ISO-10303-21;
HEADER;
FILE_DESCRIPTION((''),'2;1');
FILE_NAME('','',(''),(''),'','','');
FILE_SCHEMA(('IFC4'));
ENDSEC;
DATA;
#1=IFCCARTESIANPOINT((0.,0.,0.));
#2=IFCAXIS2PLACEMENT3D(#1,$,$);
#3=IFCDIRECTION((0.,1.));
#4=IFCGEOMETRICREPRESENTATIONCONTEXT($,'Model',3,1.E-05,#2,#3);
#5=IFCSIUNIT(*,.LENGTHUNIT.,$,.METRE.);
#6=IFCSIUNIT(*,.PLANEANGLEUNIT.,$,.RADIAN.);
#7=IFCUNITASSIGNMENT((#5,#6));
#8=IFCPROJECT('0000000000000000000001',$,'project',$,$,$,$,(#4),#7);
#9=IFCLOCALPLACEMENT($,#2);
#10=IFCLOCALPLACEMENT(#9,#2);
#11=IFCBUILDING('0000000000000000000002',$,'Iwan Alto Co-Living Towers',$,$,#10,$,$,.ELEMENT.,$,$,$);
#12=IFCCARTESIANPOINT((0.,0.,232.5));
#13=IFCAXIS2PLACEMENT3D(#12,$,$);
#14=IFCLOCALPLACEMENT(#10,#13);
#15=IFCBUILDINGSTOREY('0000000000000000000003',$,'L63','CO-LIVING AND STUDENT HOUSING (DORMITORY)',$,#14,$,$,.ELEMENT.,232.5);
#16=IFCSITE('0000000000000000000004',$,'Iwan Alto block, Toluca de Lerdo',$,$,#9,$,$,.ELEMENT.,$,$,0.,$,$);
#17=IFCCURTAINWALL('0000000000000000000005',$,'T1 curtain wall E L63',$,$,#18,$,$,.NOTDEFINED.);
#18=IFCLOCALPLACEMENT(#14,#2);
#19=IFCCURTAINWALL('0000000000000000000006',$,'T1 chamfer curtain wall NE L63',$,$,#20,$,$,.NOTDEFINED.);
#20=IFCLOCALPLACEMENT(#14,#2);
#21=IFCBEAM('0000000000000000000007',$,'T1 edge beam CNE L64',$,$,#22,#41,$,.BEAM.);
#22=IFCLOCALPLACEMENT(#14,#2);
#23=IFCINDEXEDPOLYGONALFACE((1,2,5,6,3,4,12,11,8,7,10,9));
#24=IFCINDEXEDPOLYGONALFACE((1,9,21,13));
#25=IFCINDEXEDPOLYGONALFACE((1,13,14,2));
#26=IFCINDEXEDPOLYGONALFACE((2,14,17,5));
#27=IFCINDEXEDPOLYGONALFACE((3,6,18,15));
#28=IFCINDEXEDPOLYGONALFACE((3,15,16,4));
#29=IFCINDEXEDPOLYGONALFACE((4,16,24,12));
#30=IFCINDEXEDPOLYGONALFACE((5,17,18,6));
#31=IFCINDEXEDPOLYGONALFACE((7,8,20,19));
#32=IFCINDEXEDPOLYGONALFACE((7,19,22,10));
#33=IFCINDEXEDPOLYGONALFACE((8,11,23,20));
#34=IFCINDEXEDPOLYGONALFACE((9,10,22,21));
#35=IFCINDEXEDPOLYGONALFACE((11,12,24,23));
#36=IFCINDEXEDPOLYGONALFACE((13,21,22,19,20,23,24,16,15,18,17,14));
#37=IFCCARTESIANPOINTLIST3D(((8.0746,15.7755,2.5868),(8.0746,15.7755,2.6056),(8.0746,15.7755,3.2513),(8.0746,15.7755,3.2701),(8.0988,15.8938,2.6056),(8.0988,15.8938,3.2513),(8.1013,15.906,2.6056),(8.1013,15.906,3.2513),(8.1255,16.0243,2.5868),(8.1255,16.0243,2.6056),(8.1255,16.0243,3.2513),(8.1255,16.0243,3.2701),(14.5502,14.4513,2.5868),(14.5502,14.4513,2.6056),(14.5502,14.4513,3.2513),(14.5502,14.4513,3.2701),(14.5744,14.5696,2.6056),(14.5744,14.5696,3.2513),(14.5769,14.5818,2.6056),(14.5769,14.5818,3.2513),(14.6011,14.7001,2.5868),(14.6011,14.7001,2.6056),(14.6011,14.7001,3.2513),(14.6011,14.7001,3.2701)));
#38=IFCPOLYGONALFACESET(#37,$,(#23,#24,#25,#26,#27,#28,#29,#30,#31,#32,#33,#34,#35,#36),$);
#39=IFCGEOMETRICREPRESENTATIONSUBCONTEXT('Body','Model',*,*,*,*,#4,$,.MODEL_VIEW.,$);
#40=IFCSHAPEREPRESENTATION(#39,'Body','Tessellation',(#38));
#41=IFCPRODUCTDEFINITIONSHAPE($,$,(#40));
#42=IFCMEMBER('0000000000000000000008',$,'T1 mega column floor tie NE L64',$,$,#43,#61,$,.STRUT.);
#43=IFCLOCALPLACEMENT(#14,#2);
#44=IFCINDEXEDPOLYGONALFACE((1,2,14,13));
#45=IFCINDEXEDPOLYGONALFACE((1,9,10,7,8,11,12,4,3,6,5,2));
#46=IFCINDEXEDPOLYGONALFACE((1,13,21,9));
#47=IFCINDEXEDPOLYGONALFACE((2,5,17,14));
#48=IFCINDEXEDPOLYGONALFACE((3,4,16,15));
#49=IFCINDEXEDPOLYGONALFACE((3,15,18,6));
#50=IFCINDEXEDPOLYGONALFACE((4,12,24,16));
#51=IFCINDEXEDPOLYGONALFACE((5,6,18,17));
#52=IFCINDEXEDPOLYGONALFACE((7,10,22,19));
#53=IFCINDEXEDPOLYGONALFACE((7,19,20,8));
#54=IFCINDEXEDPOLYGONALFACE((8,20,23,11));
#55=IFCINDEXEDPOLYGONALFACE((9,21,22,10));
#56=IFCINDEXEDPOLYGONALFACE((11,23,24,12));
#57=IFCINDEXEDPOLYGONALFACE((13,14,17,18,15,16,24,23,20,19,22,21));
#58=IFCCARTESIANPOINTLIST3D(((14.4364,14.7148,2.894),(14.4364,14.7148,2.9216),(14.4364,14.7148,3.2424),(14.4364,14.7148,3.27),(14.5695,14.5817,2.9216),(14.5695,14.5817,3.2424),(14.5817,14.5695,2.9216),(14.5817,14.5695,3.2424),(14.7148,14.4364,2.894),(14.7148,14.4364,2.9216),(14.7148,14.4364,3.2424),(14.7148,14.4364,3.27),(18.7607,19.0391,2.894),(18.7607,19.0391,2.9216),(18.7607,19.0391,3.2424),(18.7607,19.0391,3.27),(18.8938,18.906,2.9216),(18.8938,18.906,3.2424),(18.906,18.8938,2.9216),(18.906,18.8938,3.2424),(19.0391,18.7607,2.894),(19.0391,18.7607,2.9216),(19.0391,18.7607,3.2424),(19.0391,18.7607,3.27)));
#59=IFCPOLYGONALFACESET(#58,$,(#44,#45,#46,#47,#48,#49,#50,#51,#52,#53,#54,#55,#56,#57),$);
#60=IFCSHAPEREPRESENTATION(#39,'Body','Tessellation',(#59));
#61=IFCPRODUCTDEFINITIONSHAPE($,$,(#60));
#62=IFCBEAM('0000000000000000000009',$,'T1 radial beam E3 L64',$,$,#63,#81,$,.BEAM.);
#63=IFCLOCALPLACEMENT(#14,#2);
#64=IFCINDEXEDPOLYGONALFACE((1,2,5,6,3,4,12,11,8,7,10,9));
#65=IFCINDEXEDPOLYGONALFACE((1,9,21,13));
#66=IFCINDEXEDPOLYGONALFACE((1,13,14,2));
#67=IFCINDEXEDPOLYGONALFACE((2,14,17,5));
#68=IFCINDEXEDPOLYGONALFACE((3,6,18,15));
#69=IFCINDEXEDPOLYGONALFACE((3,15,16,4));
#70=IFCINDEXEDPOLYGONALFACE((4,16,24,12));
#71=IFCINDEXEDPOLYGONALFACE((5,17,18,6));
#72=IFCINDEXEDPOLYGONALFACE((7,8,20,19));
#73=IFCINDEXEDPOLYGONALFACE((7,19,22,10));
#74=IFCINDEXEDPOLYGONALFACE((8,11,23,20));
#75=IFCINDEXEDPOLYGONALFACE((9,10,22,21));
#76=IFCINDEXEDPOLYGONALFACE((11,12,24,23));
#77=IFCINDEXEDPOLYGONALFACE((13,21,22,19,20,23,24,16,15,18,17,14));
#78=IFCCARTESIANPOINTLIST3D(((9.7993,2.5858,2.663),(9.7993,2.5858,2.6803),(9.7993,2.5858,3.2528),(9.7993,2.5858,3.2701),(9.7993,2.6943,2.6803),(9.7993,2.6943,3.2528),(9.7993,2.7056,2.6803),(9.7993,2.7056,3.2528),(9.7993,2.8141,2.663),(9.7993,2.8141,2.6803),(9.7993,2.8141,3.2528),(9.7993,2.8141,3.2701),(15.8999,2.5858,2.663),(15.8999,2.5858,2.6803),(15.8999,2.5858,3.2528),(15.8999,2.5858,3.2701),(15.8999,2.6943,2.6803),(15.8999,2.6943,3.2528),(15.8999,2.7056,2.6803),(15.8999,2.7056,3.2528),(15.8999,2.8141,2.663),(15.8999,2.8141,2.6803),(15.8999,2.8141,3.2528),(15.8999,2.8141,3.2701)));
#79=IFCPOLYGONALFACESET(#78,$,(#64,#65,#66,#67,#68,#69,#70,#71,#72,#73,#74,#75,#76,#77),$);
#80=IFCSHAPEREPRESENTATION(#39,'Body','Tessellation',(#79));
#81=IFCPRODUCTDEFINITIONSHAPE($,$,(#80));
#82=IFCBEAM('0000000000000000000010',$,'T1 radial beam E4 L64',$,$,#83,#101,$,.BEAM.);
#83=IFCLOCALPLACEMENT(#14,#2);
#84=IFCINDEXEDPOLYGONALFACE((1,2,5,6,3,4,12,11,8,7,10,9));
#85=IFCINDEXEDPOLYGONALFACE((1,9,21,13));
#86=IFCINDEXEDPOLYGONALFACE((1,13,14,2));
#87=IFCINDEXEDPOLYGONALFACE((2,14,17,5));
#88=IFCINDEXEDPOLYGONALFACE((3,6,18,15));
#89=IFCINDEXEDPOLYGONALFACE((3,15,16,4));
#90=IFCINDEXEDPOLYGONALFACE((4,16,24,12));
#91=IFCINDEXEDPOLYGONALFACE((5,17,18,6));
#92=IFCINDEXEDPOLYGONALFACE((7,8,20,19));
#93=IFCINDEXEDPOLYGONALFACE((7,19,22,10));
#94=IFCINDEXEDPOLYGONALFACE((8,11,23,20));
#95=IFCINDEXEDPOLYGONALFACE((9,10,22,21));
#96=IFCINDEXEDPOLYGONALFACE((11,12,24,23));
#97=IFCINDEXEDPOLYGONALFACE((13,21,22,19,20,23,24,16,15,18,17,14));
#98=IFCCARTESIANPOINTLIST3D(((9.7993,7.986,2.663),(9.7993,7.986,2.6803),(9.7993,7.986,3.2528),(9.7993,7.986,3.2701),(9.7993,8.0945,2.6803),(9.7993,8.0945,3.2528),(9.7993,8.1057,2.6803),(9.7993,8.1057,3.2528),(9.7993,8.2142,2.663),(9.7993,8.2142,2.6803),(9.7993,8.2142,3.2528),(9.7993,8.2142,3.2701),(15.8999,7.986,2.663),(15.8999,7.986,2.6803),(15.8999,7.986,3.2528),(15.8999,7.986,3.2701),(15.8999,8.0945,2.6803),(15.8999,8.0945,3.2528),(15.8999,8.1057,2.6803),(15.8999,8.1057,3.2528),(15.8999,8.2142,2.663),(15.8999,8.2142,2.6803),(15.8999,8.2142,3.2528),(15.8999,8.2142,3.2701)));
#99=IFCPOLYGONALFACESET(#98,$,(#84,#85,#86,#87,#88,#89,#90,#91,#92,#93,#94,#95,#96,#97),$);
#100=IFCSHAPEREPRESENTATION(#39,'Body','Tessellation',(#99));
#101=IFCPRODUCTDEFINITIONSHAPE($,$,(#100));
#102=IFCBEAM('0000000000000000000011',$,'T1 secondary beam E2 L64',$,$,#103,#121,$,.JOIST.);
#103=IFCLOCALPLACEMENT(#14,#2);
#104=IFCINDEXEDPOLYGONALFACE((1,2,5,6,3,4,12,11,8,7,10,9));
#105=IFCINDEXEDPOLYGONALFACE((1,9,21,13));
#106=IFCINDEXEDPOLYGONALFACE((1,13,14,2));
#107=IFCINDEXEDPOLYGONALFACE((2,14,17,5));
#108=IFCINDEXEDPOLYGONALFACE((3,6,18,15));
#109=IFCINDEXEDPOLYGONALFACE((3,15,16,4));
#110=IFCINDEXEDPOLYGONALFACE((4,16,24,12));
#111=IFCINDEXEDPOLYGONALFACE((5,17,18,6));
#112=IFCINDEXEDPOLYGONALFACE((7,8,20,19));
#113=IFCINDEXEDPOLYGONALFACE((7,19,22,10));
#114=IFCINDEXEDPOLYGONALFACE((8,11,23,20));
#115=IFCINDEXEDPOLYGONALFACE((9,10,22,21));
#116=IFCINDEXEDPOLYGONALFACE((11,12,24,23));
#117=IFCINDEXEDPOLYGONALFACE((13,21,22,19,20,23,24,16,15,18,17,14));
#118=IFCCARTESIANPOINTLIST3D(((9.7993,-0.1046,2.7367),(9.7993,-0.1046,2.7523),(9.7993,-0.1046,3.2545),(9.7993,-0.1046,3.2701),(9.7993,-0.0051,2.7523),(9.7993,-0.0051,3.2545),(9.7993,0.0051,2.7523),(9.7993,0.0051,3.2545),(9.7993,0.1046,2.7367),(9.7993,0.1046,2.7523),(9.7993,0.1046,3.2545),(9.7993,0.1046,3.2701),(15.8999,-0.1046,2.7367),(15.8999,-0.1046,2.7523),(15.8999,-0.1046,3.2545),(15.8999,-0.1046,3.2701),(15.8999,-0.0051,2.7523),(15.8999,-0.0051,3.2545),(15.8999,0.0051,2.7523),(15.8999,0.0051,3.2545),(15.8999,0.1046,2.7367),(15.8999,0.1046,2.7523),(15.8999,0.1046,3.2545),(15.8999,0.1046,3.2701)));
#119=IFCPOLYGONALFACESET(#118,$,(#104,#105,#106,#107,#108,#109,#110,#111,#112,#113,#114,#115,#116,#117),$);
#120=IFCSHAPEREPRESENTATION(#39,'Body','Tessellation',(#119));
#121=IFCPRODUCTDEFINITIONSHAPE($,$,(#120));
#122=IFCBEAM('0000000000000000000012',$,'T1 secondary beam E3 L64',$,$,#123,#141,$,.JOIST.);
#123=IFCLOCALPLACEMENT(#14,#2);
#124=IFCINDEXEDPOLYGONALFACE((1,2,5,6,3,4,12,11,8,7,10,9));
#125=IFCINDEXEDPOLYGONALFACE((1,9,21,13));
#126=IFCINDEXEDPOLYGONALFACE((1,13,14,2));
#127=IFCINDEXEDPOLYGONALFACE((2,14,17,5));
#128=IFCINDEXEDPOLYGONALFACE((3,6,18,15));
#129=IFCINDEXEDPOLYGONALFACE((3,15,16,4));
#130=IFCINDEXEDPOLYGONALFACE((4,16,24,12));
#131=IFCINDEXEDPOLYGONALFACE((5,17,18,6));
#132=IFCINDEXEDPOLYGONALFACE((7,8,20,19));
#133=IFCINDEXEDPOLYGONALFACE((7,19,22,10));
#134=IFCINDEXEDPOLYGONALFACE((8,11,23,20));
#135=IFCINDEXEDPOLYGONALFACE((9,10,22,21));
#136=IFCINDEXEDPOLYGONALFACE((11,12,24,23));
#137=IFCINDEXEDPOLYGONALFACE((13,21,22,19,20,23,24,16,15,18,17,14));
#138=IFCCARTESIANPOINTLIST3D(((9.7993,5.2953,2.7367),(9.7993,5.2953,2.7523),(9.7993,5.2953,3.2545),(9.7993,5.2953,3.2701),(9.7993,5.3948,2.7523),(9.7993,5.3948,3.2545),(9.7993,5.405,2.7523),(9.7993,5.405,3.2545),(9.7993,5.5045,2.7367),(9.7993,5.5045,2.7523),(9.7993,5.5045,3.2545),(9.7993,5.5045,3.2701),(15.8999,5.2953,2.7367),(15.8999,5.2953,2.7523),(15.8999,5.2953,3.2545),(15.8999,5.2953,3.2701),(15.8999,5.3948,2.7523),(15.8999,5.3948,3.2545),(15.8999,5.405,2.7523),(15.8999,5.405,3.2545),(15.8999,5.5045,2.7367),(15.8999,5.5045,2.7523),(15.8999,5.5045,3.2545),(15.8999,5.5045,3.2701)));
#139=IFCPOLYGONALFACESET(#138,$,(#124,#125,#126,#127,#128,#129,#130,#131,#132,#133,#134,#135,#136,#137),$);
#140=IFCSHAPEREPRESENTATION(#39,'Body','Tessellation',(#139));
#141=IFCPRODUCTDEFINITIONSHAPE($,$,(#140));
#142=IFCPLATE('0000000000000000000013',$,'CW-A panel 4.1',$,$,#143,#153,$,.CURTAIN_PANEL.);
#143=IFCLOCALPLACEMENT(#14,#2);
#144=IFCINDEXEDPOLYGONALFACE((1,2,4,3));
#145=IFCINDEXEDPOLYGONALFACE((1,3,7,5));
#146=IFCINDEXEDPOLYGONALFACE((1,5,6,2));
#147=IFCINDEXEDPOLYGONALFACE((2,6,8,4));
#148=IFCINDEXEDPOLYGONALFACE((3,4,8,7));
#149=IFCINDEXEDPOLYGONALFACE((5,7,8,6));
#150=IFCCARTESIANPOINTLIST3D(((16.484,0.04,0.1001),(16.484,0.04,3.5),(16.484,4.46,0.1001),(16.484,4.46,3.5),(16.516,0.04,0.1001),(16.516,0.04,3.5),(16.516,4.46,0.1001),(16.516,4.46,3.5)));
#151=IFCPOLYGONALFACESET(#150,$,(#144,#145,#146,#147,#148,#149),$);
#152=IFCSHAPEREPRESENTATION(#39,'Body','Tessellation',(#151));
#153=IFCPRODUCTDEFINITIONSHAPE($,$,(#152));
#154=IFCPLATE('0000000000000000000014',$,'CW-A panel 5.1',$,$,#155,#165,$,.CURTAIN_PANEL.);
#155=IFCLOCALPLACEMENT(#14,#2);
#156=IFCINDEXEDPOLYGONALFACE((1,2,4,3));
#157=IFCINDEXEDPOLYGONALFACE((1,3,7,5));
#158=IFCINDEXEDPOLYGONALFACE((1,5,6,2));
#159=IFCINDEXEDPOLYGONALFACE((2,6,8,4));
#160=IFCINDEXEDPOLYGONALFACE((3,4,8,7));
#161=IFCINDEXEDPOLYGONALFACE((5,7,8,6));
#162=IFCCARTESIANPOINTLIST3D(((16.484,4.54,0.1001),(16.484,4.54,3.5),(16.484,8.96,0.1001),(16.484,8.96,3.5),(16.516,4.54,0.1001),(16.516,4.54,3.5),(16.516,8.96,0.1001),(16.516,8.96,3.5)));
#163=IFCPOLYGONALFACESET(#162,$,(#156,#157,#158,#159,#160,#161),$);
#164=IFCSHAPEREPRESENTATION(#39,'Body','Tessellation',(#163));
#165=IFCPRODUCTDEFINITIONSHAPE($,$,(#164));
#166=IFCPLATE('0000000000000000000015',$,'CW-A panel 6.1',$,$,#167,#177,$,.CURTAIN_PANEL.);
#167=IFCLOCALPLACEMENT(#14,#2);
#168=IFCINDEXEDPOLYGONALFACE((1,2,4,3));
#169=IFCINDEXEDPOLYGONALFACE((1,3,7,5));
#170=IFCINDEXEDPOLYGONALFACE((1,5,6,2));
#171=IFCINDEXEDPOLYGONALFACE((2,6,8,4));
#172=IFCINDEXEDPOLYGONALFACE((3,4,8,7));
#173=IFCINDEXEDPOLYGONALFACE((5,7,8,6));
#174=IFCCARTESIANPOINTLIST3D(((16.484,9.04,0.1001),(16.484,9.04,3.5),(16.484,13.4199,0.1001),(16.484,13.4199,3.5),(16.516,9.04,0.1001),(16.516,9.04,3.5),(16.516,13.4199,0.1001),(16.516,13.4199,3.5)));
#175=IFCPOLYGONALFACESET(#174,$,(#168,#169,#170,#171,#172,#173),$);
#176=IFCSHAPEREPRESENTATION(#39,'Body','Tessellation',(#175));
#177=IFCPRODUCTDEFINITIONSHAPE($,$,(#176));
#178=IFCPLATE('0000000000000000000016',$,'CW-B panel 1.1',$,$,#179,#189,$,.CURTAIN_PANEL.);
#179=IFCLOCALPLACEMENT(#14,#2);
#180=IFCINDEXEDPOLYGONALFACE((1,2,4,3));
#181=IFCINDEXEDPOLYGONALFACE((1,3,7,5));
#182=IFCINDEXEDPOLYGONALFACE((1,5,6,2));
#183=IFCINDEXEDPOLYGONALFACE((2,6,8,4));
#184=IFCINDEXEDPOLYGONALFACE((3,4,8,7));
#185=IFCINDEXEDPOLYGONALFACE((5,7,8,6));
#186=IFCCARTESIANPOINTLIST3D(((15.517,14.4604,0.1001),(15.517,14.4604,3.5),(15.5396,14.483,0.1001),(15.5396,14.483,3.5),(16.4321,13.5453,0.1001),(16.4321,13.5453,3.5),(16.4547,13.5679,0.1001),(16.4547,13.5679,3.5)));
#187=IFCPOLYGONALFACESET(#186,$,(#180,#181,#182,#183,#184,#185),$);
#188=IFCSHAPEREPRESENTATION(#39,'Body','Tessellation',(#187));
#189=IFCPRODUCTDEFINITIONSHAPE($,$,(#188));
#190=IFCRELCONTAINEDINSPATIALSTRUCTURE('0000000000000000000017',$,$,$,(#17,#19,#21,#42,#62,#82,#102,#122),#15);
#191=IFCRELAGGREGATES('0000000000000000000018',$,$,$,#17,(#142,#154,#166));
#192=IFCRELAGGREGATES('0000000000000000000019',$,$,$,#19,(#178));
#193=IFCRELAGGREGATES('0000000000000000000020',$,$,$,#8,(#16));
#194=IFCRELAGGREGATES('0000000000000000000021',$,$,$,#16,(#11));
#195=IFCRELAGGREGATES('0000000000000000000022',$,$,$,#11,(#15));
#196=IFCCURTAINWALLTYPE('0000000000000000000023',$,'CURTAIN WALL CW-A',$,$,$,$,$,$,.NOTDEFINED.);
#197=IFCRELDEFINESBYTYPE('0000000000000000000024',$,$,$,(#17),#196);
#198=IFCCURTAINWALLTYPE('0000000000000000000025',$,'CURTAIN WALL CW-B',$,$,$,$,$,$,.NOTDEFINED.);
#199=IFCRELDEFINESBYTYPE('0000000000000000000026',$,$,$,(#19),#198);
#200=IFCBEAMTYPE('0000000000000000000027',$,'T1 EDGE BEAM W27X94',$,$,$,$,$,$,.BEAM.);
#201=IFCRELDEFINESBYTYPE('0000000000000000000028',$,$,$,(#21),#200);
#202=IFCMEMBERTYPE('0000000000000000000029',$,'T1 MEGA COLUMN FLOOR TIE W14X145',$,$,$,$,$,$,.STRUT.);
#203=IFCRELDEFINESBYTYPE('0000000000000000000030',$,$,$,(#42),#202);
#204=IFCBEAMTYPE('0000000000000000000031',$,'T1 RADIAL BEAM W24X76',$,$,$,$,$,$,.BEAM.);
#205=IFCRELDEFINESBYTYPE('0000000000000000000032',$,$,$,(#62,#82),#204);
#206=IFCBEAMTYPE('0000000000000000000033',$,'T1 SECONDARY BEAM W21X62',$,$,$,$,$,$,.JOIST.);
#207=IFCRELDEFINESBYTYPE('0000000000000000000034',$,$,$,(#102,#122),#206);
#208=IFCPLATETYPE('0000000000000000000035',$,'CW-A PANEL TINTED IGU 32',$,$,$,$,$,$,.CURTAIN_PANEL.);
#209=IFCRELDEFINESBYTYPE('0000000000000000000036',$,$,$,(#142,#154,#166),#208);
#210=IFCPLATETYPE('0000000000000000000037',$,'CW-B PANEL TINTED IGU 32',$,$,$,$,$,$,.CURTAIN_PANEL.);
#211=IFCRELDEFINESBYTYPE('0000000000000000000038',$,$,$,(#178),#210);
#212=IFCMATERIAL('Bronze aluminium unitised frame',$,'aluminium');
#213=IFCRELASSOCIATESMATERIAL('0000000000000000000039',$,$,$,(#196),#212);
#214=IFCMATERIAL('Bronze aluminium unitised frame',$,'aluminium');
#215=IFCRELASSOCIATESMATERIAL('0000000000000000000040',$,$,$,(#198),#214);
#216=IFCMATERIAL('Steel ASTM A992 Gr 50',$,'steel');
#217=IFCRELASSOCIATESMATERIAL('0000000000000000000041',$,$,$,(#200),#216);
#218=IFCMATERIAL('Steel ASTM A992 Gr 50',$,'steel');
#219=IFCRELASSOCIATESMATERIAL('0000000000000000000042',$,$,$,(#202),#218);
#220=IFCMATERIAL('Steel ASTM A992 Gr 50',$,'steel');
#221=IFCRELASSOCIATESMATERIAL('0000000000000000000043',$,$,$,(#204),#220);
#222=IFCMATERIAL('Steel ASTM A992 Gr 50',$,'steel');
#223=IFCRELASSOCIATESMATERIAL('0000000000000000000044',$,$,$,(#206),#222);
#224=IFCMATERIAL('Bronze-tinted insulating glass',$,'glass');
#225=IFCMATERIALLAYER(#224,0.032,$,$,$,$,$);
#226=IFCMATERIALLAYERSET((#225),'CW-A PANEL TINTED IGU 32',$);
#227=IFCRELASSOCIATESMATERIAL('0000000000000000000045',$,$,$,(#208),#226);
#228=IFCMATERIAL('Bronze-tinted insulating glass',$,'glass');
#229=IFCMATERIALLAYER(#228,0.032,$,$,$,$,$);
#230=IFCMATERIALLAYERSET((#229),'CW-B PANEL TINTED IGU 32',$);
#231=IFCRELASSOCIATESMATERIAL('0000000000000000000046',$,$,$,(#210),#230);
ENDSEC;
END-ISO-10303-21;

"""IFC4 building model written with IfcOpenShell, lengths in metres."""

from ifc_helpers import new_model, si_unit, direction, frame, origin, origin_2d, place, context, subcontext, project, spatial, rectangle, i_section, extrude, material, layer, layer_set, material_profile, profile_set, type_object, element, aggregate, save


model = new_model("IFC4")

# Units and contexts
model_context = context("Model", 3, precision=1e-05, world=origin(), true_north=direction((0.0, 1.0)))
body_context = subcontext(model_context, "Body", "Model", "MODEL_VIEW")
ifc_project = project(units=[si_unit("LENGTHUNIT", "METRE"), si_unit("PLANEANGLEUNIT", "RADIAN")], contexts=[model_context])

# Site, building, storey
site_placement = place(None, origin())
site = spatial("IfcSite", under=ifc_project, at=site_placement, Name="Iwan Alto block, Toluca de Lerdo", CompositionType="ELEMENT", RefElevation=0.0)
building_placement = place(site_placement, origin())
building = spatial("IfcBuilding", under=site, at=building_placement, Name="Iwan Alto Co-Living Towers", CompositionType="ELEMENT")
storey_placement = place(building_placement, frame((0.0, 0.0, 232.5)))
storey = spatial("IfcBuildingStorey", under=building, at=storey_placement, Name="L63", Description="CO-LIVING AND STUDENT HOUSING (DORMITORY)", CompositionType="ELEMENT", Elevation=232.5)

# Curtain wall
ifc_material_1 = material(Name="Bronze aluminium unitised frame", Category="aluminium")
curtain_wall_type_1 = type_object("IfcCurtainWallType", Name="CURTAIN WALL CW-A", PredefinedType="NOTDEFINED", material=ifc_material_1)
curtain_wall_1_placement = place(storey_placement, origin())
curtain_wall_1 = element("IfcCurtainWall", 1, at=curtain_wall_1_placement, inside=storey, type_object=curtain_wall_type_1, Name="T1 curtain wall E L63", PredefinedType="NOTDEFINED")

# Curtain wall
ifc_material_2 = material(Name="Bronze aluminium unitised frame", Category="aluminium")
curtain_wall_type_2 = type_object("IfcCurtainWallType", Name="CURTAIN WALL CW-B", PredefinedType="NOTDEFINED", material=ifc_material_2)
curtain_wall_2_placement = place(storey_placement, origin())
curtain_wall_2 = element("IfcCurtainWall", 2, at=curtain_wall_2_placement, inside=storey, type_object=curtain_wall_type_2, Name="T1 chamfer curtain wall NE L63", PredefinedType="NOTDEFINED")

# Beam
ifc_material_3 = material(Name="Steel ASTM A992 Gr 50", Category="steel")
ifc_material_profile_1 = material_profile(ifc_material_3, i_section(OverallWidth=0.2539, OverallDepth=0.6833, WebThickness=0.0125, FlangeThickness=0.0188, at=origin_2d()), Name="W27X94")
ifc_profile_set_1 = profile_set([ifc_material_profile_1], Name="Steel ASTM A992 Gr 50")
beam_type_1 = type_object("IfcBeamType", Name="T1 EDGE BEAM W27X94", PredefinedType="BEAM", material=ifc_profile_set_1)
for number, where, z_axis, x_axis, name in (
    (3, (14.5757, 14.5757, 2.9285), (-0.979725, 0.200348, 0.0), (-0.200348, -0.979725, 0.0), "T1 edge beam CNE L64"),
):
    element("IfcBeam", number, at=place(storey_placement, frame(where, z_axis=z_axis, x_axis=x_axis)), inside=storey, type_object=beam_type_1, Name=name, PredefinedType="BEAM", context=body_context, shape_type="SweptSolid", body=[
        extrude(i_section(OverallWidth=0.2539, OverallDepth=0.6833, WebThickness=0.0125, FlangeThickness=0.0188, at=origin_2d()), origin(), (0.0, 0.0, 1.0), 6.6096),
    ])

# Member
ifc_material_4 = material(Name="Steel ASTM A992 Gr 50", Category="steel")
ifc_material_profile_2 = material_profile(ifc_material_4, i_section(OverallWidth=0.3938, OverallDepth=0.376, WebThickness=0.0173, FlangeThickness=0.0276, at=origin_2d()), Name="W14X145")
ifc_profile_set_2 = profile_set([ifc_material_profile_2], Name="Steel ASTM A992 Gr 50")
member_type_1 = type_object("IfcMemberType", Name="T1 MEGA COLUMN FLOOR TIE W14X145", PredefinedType="STRUT", material=ifc_profile_set_2)
member_1_placement = place(storey_placement, frame((18.8999, 18.8999, 3.082), z_axis=(-0.707107, -0.707107, 0.0), x_axis=(0.707107, -0.707107, 0.0)))
element("IfcMember", 4, at=member_1_placement, inside=storey, type_object=member_type_1, Name="T1 mega column floor tie NE L64", PredefinedType="STRUT", context=body_context, shape_type="SweptSolid", body=[
    extrude(i_section(OverallWidth=0.3938, OverallDepth=0.376, WebThickness=0.0173, FlangeThickness=0.0276, at=origin_2d()), origin(), (0.0, 0.0, 1.0), 6.1155),
])

# Beams
ifc_material_5 = material(Name="Steel ASTM A992 Gr 50", Category="steel")
ifc_material_profile_3 = material_profile(ifc_material_5, i_section(OverallWidth=0.2283, OverallDepth=0.6072, WebThickness=0.0112, FlangeThickness=0.0173, at=origin_2d()), Name="W24X76")
ifc_profile_set_3 = profile_set([ifc_material_profile_3], Name="Steel ASTM A992 Gr 50")
beam_type_2 = type_object("IfcBeamType", Name="T1 RADIAL BEAM W24X76", PredefinedType="BEAM", material=ifc_profile_set_3)
for number, where, z_axis, x_axis, name in (
    (5, (15.8999, 2.7, 2.9666), (-1.0, 0.0, 0.0), (0.0, -1.0, 0.0), "T1 radial beam E3 L64"),
    (6, (15.8999, 8.1001, 2.9666), (-1.0, 0.0, 0.0), (0.0, -1.0, 0.0), "T1 radial beam E4 L64"),
):
    element("IfcBeam", number, at=place(storey_placement, frame(where, z_axis=z_axis, x_axis=x_axis)), inside=storey, type_object=beam_type_2, Name=name, PredefinedType="BEAM", context=body_context, shape_type="SweptSolid", body=[
        extrude(i_section(OverallWidth=0.2283, OverallDepth=0.6072, WebThickness=0.0112, FlangeThickness=0.0173, at=origin_2d()), origin(), (0.0, 0.0, 1.0), 6.1006),
    ])
ifc_material_6 = material(Name="Steel ASTM A992 Gr 50", Category="steel")
ifc_material_profile_4 = material_profile(ifc_material_6, i_section(OverallWidth=0.2092, OverallDepth=0.5334, WebThickness=0.0103, FlangeThickness=0.0156, at=origin_2d()), Name="W21X62")
ifc_profile_set_4 = profile_set([ifc_material_profile_4], Name="Steel ASTM A992 Gr 50")
beam_type_3 = type_object("IfcBeamType", Name="T1 SECONDARY BEAM W21X62", PredefinedType="JOIST", material=ifc_profile_set_4)
for number, where, z_axis, x_axis, name in (
    (7, (15.8999, 0.0, 3.0034), (-1.0, 0.0, 0.0), (0.0, -1.0, 0.0), "T1 secondary beam E2 L64"),
    (8, (15.8999, 5.3999, 3.0034), (-1.0, 0.0, 0.0), (0.0, -1.0, 0.0), "T1 secondary beam E3 L64"),
):
    element("IfcBeam", number, at=place(storey_placement, frame(where, z_axis=z_axis, x_axis=x_axis)), inside=storey, type_object=beam_type_3, Name=name, PredefinedType="JOIST", context=body_context, shape_type="SweptSolid", body=[
        extrude(i_section(OverallWidth=0.2092, OverallDepth=0.5334, WebThickness=0.0103, FlangeThickness=0.0156, at=origin_2d()), origin(), (0.0, 0.0, 1.0), 6.1006),
    ])

# Plates
ifc_material_7 = material(Name="Bronze-tinted insulating glass", Category="glass")
ifc_layer_1 = layer(ifc_material_7, 0.032)
ifc_layer_set_1 = layer_set([ifc_layer_1], Name="CW-A PANEL TINTED IGU 32")
plate_type_1 = type_object("IfcPlateType", Name="CW-A PANEL TINTED IGU 32", PredefinedType="CURTAIN_PANEL", material=ifc_layer_set_1)
plate_1_placement = place(storey_placement, frame((16.5, 2.25, 0.1001), z_axis=(0.0, 0.0, 1.0), x_axis=(0.0, 1.0, 0.0)))
plate_1 = element("IfcPlate", 9, at=plate_1_placement, type_object=plate_type_1, Name="CW-A panel 4.1", PredefinedType="CURTAIN_PANEL", context=body_context, shape_type="SweptSolid", body=[
    extrude(rectangle(XDim=4.4199, YDim=0.032, at=origin_2d()), origin(), (0.0, 0.0, 1.0), 3.3999),
])
plate_2_placement = place(storey_placement, frame((16.5, 6.75, 0.1001), z_axis=(0.0, 0.0, 1.0), x_axis=(0.0, 1.0, 0.0)))
plate_2 = element("IfcPlate", 10, at=plate_2_placement, type_object=plate_type_1, Name="CW-A panel 5.1", PredefinedType="CURTAIN_PANEL", context=body_context, shape_type="SweptSolid", body=[
    extrude(rectangle(XDim=4.4199, YDim=0.032, at=origin_2d()), origin(), (0.0, 0.0, 1.0), 3.3999),
])
plate_3_placement = place(storey_placement, frame((16.5, 11.23, 0.1001), z_axis=(0.0, 0.0, 1.0), x_axis=(0.0, 1.0, 0.0)))
plate_3 = element("IfcPlate", 11, at=plate_3_placement, type_object=plate_type_1, Name="CW-A panel 6.1", PredefinedType="CURTAIN_PANEL", context=body_context, shape_type="SweptSolid", body=[
    extrude(rectangle(XDim=4.3799, YDim=0.032, at=origin_2d()), origin(), (0.0, 0.0, 1.0), 3.3999),
])
aggregate(curtain_wall_1, [plate_1, plate_2, plate_3])
ifc_material_8 = material(Name="Bronze-tinted insulating glass", Category="glass")
ifc_layer_2 = layer(ifc_material_8, 0.032)
ifc_layer_set_2 = layer_set([ifc_layer_2], Name="CW-B PANEL TINTED IGU 32")
plate_type_2 = type_object("IfcPlateType", Name="CW-B PANEL TINTED IGU 32", PredefinedType="CURTAIN_PANEL", material=ifc_layer_set_2)
plate_4_placement = place(storey_placement, frame((15.9858, 14.0142, 0.1001), z_axis=(0.0, 0.0, 1.0), x_axis=(-0.707107, 0.707107, 0.0)))
plate_4 = element("IfcPlate", 12, at=plate_4_placement, type_object=plate_type_2, Name="CW-B panel 1.1", PredefinedType="CURTAIN_PANEL", context=body_context, shape_type="SweptSolid", body=[
    extrude(rectangle(XDim=1.2942, YDim=0.032, at=origin_2d()), origin(), (0.0, 0.0, 1.0), 3.3999),
])
aggregate(curtain_wall_2, [plate_4])

save(model, "model.ifc")
